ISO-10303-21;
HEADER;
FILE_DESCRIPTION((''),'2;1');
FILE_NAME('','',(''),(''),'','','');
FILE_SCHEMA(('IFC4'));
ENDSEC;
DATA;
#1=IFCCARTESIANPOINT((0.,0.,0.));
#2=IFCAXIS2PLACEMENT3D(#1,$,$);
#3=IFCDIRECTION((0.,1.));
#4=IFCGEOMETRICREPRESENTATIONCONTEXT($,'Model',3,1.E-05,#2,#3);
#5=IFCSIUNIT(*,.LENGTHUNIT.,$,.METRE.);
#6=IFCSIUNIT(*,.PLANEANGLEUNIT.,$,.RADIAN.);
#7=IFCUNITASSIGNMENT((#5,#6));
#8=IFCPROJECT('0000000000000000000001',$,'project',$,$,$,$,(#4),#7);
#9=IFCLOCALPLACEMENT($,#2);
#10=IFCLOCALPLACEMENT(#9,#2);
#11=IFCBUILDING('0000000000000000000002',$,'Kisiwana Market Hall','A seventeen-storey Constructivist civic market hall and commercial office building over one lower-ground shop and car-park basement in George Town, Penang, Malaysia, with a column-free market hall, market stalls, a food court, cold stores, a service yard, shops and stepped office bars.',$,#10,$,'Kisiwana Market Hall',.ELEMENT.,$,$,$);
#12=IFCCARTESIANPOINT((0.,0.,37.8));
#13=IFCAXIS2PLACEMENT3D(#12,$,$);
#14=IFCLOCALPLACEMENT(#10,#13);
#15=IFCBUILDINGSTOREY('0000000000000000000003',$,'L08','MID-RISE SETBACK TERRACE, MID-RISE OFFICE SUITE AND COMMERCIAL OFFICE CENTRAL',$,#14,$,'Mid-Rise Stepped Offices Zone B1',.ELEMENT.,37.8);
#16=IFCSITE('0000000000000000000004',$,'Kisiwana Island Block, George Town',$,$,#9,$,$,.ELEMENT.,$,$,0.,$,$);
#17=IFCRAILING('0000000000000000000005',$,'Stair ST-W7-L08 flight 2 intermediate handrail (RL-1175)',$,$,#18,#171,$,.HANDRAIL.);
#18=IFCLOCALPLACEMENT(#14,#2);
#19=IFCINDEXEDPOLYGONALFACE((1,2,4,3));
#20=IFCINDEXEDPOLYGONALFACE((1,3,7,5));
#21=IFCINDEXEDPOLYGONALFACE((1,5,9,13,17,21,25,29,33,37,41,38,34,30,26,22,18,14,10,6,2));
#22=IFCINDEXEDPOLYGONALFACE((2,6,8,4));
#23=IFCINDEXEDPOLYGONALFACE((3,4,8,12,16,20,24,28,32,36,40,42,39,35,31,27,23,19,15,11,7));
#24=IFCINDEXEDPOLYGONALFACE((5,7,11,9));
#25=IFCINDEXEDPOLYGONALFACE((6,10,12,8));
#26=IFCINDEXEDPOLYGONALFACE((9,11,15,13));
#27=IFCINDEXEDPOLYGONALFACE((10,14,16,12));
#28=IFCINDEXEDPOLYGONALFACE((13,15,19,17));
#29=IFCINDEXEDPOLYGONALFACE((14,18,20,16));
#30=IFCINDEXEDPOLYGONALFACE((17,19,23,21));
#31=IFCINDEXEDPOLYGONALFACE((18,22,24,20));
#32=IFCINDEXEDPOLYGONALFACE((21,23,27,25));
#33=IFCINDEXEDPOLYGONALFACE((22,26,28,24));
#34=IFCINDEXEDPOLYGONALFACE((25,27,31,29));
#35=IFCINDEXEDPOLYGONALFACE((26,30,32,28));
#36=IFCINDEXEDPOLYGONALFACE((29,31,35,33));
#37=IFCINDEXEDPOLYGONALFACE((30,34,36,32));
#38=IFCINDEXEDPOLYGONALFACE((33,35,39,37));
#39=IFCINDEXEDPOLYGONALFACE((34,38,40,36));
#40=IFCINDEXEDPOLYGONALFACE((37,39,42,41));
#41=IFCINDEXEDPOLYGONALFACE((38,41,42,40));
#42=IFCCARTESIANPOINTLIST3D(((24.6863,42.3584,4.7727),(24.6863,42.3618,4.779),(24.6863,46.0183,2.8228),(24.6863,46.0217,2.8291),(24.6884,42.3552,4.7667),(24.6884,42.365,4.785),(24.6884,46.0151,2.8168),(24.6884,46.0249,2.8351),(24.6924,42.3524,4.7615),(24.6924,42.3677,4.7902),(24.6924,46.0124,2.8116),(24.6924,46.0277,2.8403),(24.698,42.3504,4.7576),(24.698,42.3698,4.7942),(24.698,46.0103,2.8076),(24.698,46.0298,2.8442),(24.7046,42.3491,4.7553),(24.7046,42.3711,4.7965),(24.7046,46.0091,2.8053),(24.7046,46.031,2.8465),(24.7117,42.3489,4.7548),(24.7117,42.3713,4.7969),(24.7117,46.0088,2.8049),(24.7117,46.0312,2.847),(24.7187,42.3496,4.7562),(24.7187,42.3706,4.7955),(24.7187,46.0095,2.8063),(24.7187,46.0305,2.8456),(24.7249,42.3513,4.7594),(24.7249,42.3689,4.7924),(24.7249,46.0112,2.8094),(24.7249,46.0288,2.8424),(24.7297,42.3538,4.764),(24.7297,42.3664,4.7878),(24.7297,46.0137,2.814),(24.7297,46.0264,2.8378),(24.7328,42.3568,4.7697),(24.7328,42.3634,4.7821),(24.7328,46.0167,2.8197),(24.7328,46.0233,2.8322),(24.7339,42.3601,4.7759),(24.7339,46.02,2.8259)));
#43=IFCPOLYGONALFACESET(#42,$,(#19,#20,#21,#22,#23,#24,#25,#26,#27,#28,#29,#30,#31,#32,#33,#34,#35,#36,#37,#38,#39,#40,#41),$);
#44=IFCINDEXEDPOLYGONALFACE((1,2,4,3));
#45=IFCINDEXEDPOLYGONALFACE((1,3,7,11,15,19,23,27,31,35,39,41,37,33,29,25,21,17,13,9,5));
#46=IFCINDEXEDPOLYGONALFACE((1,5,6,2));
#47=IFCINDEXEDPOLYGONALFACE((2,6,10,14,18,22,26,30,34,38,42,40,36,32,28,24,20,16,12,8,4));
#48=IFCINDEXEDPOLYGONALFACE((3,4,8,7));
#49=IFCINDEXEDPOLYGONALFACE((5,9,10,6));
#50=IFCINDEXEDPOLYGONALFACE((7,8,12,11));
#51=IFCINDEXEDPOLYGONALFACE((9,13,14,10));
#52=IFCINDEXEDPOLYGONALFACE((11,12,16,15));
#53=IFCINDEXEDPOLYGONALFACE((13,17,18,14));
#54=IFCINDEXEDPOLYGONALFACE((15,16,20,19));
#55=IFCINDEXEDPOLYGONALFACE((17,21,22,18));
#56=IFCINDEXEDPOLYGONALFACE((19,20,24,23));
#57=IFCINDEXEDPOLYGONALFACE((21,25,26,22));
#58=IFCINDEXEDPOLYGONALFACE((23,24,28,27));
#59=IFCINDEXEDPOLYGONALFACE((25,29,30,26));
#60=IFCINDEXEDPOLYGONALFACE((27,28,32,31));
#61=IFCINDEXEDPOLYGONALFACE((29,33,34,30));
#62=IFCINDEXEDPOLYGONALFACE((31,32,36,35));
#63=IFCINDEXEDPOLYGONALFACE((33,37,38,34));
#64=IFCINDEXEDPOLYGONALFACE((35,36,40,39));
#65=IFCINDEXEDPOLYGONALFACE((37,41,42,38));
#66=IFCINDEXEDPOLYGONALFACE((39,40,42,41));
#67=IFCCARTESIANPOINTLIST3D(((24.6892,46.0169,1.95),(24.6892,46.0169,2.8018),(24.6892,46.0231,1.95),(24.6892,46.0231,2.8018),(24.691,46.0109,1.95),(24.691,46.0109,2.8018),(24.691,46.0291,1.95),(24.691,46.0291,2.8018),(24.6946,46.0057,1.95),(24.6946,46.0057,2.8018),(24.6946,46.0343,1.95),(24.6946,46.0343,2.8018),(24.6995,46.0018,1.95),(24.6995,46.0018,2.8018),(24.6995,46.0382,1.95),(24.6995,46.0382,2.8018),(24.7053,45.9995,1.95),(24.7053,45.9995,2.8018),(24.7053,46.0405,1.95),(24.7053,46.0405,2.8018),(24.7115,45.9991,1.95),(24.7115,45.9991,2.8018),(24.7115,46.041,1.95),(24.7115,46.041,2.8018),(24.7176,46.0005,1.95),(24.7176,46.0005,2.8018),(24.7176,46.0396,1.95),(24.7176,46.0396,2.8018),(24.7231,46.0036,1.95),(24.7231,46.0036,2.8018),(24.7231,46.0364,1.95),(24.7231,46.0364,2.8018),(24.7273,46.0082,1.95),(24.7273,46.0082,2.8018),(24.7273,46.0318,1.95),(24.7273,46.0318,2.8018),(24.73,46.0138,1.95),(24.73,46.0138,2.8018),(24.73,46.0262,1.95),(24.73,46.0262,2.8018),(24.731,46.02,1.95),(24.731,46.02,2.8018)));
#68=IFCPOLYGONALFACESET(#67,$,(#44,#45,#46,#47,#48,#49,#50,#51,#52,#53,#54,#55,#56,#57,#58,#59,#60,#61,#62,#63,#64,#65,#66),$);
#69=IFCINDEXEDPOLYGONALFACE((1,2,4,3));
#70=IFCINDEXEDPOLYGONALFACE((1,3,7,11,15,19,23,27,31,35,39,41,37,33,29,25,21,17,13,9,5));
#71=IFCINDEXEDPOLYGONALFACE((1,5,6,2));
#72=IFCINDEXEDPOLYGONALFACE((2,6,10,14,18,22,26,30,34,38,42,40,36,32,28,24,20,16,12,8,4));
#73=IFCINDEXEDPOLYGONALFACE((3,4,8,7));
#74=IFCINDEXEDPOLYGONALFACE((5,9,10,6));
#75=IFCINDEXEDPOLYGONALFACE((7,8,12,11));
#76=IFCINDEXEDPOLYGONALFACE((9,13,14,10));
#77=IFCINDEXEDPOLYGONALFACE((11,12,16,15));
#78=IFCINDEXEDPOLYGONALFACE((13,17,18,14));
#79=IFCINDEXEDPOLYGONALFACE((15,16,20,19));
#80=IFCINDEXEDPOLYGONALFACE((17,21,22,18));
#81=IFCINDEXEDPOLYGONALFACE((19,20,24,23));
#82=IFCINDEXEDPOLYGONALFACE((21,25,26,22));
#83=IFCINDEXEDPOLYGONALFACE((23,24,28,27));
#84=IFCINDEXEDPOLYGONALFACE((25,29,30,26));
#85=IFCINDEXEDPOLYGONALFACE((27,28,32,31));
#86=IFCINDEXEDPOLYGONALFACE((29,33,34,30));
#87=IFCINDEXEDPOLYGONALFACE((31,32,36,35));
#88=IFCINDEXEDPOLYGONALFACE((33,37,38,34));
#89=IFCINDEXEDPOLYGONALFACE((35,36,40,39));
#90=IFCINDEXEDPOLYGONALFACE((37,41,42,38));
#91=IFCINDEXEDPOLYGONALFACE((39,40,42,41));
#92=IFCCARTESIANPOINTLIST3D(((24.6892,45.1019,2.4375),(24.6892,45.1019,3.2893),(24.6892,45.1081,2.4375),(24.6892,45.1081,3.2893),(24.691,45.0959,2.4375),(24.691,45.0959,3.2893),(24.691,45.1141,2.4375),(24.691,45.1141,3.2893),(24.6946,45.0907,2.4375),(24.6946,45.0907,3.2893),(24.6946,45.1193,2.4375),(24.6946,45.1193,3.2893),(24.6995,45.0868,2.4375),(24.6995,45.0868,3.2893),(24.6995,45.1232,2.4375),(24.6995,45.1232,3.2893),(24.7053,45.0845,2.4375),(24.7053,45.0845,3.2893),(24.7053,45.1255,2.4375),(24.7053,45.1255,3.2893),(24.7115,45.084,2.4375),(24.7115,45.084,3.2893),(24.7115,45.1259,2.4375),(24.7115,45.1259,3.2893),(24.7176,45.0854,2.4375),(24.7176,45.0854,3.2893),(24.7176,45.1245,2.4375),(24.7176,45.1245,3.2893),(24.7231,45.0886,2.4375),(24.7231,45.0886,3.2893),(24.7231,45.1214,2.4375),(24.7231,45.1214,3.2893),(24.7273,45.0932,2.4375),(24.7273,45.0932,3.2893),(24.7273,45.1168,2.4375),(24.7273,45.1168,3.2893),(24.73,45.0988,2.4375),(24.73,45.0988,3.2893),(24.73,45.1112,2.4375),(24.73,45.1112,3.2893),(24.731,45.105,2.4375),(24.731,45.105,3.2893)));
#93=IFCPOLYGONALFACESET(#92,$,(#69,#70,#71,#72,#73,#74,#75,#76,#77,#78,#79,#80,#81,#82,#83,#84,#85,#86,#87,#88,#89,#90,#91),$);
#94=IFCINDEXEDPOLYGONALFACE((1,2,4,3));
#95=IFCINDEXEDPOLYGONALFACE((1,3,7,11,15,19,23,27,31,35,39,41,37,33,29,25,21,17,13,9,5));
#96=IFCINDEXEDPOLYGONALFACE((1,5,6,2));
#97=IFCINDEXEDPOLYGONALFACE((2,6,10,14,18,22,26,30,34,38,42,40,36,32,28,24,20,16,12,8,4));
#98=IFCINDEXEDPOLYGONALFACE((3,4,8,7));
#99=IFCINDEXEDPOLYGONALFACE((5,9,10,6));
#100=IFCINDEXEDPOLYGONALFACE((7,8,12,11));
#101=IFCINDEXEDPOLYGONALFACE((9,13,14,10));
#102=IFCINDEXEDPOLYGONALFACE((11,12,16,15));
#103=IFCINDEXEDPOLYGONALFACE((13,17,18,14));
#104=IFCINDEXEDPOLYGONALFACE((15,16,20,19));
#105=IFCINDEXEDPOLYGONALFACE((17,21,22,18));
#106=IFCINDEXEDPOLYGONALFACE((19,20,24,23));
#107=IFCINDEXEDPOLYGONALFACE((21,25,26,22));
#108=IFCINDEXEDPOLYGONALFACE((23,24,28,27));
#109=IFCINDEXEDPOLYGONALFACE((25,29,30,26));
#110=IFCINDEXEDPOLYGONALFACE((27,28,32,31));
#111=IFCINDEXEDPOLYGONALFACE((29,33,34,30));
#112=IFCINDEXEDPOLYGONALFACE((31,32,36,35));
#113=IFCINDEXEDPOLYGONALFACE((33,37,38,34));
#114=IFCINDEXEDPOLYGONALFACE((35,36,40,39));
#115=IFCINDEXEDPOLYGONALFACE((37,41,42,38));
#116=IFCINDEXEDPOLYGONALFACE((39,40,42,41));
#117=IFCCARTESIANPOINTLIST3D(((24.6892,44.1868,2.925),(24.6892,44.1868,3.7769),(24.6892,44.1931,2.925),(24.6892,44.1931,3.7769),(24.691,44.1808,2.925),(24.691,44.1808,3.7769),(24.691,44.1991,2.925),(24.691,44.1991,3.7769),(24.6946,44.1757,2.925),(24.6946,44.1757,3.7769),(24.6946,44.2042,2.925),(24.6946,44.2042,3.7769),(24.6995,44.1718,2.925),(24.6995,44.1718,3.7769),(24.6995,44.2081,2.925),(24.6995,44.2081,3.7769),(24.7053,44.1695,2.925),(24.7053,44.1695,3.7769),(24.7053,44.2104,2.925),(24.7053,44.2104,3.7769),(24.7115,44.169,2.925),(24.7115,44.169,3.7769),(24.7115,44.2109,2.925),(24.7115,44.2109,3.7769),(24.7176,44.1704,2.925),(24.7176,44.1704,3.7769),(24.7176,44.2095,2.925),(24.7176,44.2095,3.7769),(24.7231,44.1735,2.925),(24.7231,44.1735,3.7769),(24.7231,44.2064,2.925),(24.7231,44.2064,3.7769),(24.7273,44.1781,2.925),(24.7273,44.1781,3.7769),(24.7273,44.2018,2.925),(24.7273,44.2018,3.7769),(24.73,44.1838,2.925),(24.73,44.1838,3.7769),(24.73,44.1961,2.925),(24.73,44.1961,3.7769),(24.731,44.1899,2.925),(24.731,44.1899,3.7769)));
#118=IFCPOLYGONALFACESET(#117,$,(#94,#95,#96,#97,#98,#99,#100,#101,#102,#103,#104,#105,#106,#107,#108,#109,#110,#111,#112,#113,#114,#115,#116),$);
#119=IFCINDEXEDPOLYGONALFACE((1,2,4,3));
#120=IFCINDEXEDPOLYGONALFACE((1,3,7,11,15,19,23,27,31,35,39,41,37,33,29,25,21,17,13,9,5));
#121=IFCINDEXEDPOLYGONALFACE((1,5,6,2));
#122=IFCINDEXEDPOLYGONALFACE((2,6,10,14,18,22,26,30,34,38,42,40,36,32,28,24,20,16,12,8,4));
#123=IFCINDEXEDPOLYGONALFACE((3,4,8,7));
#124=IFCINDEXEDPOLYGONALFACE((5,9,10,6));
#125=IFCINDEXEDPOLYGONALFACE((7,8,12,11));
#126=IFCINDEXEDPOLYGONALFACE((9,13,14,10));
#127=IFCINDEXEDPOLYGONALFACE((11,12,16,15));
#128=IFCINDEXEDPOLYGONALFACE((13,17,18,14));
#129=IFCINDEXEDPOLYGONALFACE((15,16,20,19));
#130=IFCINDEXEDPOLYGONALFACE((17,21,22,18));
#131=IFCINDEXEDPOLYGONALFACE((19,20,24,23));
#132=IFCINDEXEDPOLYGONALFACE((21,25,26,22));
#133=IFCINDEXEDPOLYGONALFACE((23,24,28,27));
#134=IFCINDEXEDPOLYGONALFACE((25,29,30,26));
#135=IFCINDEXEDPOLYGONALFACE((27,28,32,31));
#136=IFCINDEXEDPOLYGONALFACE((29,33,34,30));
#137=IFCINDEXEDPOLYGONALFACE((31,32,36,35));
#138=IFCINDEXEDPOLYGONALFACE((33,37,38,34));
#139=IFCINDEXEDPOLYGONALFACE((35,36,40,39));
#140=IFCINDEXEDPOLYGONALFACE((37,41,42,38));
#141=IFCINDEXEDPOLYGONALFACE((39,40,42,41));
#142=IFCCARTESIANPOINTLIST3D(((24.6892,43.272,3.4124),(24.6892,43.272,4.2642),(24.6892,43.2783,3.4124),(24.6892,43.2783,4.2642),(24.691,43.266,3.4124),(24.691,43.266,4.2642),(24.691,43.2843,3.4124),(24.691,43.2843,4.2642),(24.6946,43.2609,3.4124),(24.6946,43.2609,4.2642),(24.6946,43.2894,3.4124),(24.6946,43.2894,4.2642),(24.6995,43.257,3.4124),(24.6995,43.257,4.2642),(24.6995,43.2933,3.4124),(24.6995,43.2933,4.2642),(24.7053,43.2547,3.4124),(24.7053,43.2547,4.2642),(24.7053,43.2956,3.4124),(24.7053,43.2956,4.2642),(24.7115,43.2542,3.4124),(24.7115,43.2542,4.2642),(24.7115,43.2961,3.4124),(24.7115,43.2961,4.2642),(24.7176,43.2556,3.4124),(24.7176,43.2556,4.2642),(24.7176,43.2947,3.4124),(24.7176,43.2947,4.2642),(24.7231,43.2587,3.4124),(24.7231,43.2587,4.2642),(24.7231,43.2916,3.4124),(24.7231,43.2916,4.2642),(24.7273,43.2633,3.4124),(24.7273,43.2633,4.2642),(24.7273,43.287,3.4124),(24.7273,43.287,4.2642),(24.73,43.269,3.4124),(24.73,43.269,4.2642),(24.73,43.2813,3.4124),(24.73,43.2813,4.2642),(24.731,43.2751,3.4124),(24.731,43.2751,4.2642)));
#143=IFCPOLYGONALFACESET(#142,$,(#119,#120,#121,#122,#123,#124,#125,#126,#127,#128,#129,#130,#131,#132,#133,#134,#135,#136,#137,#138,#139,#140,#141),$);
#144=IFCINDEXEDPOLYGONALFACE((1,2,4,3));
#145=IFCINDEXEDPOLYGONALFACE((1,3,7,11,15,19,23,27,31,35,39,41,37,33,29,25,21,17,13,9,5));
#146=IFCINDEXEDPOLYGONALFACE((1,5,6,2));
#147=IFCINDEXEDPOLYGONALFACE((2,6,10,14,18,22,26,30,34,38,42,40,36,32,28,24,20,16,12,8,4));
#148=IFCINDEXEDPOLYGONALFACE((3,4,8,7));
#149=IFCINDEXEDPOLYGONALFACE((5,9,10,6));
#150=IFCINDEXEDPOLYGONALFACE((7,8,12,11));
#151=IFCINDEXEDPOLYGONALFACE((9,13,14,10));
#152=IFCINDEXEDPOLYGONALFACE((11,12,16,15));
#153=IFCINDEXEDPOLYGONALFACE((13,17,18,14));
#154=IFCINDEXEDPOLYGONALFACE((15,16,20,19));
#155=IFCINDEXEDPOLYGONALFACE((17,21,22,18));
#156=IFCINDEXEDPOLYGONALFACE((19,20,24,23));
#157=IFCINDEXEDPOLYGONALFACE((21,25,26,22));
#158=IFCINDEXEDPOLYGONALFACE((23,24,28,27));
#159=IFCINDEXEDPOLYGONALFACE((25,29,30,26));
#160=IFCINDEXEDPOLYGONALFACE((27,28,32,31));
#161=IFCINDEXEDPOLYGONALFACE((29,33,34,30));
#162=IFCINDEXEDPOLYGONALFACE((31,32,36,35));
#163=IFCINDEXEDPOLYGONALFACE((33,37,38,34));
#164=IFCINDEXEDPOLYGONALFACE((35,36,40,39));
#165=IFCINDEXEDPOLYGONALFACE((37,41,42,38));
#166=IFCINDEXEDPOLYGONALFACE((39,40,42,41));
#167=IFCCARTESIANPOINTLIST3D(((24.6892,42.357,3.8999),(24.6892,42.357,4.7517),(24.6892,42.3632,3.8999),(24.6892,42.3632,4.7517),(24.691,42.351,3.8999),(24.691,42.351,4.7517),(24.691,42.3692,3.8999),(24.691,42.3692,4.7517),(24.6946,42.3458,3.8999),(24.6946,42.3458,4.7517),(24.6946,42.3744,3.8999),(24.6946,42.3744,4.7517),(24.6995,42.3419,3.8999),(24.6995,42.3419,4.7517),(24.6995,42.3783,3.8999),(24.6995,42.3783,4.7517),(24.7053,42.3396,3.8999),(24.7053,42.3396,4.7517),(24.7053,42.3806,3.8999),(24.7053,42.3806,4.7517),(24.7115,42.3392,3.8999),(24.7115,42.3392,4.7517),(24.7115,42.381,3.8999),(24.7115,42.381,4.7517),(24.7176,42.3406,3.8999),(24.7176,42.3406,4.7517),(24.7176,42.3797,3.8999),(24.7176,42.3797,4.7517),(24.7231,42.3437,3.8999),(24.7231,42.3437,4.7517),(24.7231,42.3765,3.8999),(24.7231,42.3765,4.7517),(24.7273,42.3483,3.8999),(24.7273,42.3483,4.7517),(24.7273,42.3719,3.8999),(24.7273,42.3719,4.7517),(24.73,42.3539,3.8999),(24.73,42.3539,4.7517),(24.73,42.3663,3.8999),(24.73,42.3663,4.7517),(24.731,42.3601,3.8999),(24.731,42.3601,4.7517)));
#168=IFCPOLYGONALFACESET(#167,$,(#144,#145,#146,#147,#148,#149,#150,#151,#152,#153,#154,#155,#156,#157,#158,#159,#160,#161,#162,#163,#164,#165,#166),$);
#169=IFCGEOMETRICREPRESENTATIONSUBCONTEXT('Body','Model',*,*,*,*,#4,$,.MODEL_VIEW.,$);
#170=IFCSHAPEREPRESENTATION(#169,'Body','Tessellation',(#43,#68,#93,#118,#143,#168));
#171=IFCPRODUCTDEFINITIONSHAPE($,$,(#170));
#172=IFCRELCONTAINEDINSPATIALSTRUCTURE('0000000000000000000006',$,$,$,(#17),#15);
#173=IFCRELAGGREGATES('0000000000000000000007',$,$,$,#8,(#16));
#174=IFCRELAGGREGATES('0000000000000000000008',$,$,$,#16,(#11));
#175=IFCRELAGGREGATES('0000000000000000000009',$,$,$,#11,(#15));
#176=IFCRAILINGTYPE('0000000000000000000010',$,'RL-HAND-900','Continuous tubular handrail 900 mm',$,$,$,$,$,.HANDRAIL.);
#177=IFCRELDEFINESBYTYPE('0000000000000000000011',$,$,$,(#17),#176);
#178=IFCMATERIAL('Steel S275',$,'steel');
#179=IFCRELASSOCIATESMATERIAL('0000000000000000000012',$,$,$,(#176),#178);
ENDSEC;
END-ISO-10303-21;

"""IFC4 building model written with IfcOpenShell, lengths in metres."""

from ifc_helpers import new_model, si_unit, direction, frame, origin, origin_2d, place, context, subcontext, project, spatial, circle, extrude, material, type_object, element, save


model = new_model("IFC4")

# Units and contexts
model_context = context("Model", 3, precision=1e-05, world=origin(), true_north=direction((0.0, 1.0)))
body_context = subcontext(model_context, "Body", "Model", "MODEL_VIEW")
ifc_project = project(units=[si_unit("LENGTHUNIT", "METRE"), si_unit("PLANEANGLEUNIT", "RADIAN")], contexts=[model_context])

# Site, building, storey
site_placement = place(None, origin())
site = spatial("IfcSite", under=ifc_project, at=site_placement, Name="Kisiwana Island Block, George Town", CompositionType="ELEMENT", RefElevation=0.0)
building_placement = place(site_placement, origin())
building = spatial("IfcBuilding", under=site, at=building_placement, Name="Kisiwana Market Hall", Description="A seventeen-storey Constructivist civic market hall and commercial office building over one lower-ground shop and car-park basement in George Town, Penang, Malaysia, with a column-free market hall, market stalls, a food court, cold stores, a service yard, shops and stepped office bars.", LongName="Kisiwana Market Hall", CompositionType="ELEMENT")
storey_placement = place(building_placement, frame((0.0, 0.0, 37.8)))
storey = spatial("IfcBuildingStorey", under=building, at=storey_placement, Name="L08", Description="MID-RISE SETBACK TERRACE, MID-RISE OFFICE SUITE AND COMMERCIAL OFFICE CENTRAL", LongName="Mid-Rise Stepped Offices Zone B1", CompositionType="ELEMENT", Elevation=37.8)

# Railing
ifc_material_1 = material(Name="Steel S275", Category="steel")
railing_type_1 = type_object("IfcRailingType", Name="RL-HAND-900", Description="Continuous tubular handrail 900 mm", PredefinedType="HANDRAIL", material=ifc_material_1)
railing_1_placement = place(storey_placement, frame((24.71, 46.02, 1.95)))
element("IfcRailing", 1, at=railing_1_placement, inside=storey, type_object=railing_type_1, Name="Stair ST-W7-L08 flight 2 intermediate handrail (RL-1175)", PredefinedType="HANDRAIL", context=body_context, shape_type="SweptSolid", body=[
    extrude(circle(Radius=0.0239, at=origin_2d()), frame((0.0, 0.0, 0.876), z_axis=(0.0, -0.882553, 0.470212), x_axis=(1.0, 0.0, 0.0)), (0.0, 0.0, 1.0), 4.147),
    extrude(circle(Radius=0.021, at=origin_2d()), origin(), (0.0, 0.0, 1.0), 0.8518),
    extrude(circle(Radius=0.021, at=origin_2d()), frame((0.0, -0.915, 0.4875)), (0.0, 0.0, 1.0), 0.8518),
    extrude(circle(Radius=0.021, at=origin_2d()), frame((0.0, -1.8301, 0.9751)), (0.0, 0.0, 1.0), 0.8518),
    extrude(circle(Radius=0.021, at=origin_2d()), frame((0.0, -2.7449, 1.4624)), (0.0, 0.0, 1.0), 0.8518),
    extrude(circle(Radius=0.021, at=origin_2d()), frame((0.0, -3.6599, 1.95)), (0.0, 0.0, 1.0), 0.8518),
])

save(model, "model.ifc")
